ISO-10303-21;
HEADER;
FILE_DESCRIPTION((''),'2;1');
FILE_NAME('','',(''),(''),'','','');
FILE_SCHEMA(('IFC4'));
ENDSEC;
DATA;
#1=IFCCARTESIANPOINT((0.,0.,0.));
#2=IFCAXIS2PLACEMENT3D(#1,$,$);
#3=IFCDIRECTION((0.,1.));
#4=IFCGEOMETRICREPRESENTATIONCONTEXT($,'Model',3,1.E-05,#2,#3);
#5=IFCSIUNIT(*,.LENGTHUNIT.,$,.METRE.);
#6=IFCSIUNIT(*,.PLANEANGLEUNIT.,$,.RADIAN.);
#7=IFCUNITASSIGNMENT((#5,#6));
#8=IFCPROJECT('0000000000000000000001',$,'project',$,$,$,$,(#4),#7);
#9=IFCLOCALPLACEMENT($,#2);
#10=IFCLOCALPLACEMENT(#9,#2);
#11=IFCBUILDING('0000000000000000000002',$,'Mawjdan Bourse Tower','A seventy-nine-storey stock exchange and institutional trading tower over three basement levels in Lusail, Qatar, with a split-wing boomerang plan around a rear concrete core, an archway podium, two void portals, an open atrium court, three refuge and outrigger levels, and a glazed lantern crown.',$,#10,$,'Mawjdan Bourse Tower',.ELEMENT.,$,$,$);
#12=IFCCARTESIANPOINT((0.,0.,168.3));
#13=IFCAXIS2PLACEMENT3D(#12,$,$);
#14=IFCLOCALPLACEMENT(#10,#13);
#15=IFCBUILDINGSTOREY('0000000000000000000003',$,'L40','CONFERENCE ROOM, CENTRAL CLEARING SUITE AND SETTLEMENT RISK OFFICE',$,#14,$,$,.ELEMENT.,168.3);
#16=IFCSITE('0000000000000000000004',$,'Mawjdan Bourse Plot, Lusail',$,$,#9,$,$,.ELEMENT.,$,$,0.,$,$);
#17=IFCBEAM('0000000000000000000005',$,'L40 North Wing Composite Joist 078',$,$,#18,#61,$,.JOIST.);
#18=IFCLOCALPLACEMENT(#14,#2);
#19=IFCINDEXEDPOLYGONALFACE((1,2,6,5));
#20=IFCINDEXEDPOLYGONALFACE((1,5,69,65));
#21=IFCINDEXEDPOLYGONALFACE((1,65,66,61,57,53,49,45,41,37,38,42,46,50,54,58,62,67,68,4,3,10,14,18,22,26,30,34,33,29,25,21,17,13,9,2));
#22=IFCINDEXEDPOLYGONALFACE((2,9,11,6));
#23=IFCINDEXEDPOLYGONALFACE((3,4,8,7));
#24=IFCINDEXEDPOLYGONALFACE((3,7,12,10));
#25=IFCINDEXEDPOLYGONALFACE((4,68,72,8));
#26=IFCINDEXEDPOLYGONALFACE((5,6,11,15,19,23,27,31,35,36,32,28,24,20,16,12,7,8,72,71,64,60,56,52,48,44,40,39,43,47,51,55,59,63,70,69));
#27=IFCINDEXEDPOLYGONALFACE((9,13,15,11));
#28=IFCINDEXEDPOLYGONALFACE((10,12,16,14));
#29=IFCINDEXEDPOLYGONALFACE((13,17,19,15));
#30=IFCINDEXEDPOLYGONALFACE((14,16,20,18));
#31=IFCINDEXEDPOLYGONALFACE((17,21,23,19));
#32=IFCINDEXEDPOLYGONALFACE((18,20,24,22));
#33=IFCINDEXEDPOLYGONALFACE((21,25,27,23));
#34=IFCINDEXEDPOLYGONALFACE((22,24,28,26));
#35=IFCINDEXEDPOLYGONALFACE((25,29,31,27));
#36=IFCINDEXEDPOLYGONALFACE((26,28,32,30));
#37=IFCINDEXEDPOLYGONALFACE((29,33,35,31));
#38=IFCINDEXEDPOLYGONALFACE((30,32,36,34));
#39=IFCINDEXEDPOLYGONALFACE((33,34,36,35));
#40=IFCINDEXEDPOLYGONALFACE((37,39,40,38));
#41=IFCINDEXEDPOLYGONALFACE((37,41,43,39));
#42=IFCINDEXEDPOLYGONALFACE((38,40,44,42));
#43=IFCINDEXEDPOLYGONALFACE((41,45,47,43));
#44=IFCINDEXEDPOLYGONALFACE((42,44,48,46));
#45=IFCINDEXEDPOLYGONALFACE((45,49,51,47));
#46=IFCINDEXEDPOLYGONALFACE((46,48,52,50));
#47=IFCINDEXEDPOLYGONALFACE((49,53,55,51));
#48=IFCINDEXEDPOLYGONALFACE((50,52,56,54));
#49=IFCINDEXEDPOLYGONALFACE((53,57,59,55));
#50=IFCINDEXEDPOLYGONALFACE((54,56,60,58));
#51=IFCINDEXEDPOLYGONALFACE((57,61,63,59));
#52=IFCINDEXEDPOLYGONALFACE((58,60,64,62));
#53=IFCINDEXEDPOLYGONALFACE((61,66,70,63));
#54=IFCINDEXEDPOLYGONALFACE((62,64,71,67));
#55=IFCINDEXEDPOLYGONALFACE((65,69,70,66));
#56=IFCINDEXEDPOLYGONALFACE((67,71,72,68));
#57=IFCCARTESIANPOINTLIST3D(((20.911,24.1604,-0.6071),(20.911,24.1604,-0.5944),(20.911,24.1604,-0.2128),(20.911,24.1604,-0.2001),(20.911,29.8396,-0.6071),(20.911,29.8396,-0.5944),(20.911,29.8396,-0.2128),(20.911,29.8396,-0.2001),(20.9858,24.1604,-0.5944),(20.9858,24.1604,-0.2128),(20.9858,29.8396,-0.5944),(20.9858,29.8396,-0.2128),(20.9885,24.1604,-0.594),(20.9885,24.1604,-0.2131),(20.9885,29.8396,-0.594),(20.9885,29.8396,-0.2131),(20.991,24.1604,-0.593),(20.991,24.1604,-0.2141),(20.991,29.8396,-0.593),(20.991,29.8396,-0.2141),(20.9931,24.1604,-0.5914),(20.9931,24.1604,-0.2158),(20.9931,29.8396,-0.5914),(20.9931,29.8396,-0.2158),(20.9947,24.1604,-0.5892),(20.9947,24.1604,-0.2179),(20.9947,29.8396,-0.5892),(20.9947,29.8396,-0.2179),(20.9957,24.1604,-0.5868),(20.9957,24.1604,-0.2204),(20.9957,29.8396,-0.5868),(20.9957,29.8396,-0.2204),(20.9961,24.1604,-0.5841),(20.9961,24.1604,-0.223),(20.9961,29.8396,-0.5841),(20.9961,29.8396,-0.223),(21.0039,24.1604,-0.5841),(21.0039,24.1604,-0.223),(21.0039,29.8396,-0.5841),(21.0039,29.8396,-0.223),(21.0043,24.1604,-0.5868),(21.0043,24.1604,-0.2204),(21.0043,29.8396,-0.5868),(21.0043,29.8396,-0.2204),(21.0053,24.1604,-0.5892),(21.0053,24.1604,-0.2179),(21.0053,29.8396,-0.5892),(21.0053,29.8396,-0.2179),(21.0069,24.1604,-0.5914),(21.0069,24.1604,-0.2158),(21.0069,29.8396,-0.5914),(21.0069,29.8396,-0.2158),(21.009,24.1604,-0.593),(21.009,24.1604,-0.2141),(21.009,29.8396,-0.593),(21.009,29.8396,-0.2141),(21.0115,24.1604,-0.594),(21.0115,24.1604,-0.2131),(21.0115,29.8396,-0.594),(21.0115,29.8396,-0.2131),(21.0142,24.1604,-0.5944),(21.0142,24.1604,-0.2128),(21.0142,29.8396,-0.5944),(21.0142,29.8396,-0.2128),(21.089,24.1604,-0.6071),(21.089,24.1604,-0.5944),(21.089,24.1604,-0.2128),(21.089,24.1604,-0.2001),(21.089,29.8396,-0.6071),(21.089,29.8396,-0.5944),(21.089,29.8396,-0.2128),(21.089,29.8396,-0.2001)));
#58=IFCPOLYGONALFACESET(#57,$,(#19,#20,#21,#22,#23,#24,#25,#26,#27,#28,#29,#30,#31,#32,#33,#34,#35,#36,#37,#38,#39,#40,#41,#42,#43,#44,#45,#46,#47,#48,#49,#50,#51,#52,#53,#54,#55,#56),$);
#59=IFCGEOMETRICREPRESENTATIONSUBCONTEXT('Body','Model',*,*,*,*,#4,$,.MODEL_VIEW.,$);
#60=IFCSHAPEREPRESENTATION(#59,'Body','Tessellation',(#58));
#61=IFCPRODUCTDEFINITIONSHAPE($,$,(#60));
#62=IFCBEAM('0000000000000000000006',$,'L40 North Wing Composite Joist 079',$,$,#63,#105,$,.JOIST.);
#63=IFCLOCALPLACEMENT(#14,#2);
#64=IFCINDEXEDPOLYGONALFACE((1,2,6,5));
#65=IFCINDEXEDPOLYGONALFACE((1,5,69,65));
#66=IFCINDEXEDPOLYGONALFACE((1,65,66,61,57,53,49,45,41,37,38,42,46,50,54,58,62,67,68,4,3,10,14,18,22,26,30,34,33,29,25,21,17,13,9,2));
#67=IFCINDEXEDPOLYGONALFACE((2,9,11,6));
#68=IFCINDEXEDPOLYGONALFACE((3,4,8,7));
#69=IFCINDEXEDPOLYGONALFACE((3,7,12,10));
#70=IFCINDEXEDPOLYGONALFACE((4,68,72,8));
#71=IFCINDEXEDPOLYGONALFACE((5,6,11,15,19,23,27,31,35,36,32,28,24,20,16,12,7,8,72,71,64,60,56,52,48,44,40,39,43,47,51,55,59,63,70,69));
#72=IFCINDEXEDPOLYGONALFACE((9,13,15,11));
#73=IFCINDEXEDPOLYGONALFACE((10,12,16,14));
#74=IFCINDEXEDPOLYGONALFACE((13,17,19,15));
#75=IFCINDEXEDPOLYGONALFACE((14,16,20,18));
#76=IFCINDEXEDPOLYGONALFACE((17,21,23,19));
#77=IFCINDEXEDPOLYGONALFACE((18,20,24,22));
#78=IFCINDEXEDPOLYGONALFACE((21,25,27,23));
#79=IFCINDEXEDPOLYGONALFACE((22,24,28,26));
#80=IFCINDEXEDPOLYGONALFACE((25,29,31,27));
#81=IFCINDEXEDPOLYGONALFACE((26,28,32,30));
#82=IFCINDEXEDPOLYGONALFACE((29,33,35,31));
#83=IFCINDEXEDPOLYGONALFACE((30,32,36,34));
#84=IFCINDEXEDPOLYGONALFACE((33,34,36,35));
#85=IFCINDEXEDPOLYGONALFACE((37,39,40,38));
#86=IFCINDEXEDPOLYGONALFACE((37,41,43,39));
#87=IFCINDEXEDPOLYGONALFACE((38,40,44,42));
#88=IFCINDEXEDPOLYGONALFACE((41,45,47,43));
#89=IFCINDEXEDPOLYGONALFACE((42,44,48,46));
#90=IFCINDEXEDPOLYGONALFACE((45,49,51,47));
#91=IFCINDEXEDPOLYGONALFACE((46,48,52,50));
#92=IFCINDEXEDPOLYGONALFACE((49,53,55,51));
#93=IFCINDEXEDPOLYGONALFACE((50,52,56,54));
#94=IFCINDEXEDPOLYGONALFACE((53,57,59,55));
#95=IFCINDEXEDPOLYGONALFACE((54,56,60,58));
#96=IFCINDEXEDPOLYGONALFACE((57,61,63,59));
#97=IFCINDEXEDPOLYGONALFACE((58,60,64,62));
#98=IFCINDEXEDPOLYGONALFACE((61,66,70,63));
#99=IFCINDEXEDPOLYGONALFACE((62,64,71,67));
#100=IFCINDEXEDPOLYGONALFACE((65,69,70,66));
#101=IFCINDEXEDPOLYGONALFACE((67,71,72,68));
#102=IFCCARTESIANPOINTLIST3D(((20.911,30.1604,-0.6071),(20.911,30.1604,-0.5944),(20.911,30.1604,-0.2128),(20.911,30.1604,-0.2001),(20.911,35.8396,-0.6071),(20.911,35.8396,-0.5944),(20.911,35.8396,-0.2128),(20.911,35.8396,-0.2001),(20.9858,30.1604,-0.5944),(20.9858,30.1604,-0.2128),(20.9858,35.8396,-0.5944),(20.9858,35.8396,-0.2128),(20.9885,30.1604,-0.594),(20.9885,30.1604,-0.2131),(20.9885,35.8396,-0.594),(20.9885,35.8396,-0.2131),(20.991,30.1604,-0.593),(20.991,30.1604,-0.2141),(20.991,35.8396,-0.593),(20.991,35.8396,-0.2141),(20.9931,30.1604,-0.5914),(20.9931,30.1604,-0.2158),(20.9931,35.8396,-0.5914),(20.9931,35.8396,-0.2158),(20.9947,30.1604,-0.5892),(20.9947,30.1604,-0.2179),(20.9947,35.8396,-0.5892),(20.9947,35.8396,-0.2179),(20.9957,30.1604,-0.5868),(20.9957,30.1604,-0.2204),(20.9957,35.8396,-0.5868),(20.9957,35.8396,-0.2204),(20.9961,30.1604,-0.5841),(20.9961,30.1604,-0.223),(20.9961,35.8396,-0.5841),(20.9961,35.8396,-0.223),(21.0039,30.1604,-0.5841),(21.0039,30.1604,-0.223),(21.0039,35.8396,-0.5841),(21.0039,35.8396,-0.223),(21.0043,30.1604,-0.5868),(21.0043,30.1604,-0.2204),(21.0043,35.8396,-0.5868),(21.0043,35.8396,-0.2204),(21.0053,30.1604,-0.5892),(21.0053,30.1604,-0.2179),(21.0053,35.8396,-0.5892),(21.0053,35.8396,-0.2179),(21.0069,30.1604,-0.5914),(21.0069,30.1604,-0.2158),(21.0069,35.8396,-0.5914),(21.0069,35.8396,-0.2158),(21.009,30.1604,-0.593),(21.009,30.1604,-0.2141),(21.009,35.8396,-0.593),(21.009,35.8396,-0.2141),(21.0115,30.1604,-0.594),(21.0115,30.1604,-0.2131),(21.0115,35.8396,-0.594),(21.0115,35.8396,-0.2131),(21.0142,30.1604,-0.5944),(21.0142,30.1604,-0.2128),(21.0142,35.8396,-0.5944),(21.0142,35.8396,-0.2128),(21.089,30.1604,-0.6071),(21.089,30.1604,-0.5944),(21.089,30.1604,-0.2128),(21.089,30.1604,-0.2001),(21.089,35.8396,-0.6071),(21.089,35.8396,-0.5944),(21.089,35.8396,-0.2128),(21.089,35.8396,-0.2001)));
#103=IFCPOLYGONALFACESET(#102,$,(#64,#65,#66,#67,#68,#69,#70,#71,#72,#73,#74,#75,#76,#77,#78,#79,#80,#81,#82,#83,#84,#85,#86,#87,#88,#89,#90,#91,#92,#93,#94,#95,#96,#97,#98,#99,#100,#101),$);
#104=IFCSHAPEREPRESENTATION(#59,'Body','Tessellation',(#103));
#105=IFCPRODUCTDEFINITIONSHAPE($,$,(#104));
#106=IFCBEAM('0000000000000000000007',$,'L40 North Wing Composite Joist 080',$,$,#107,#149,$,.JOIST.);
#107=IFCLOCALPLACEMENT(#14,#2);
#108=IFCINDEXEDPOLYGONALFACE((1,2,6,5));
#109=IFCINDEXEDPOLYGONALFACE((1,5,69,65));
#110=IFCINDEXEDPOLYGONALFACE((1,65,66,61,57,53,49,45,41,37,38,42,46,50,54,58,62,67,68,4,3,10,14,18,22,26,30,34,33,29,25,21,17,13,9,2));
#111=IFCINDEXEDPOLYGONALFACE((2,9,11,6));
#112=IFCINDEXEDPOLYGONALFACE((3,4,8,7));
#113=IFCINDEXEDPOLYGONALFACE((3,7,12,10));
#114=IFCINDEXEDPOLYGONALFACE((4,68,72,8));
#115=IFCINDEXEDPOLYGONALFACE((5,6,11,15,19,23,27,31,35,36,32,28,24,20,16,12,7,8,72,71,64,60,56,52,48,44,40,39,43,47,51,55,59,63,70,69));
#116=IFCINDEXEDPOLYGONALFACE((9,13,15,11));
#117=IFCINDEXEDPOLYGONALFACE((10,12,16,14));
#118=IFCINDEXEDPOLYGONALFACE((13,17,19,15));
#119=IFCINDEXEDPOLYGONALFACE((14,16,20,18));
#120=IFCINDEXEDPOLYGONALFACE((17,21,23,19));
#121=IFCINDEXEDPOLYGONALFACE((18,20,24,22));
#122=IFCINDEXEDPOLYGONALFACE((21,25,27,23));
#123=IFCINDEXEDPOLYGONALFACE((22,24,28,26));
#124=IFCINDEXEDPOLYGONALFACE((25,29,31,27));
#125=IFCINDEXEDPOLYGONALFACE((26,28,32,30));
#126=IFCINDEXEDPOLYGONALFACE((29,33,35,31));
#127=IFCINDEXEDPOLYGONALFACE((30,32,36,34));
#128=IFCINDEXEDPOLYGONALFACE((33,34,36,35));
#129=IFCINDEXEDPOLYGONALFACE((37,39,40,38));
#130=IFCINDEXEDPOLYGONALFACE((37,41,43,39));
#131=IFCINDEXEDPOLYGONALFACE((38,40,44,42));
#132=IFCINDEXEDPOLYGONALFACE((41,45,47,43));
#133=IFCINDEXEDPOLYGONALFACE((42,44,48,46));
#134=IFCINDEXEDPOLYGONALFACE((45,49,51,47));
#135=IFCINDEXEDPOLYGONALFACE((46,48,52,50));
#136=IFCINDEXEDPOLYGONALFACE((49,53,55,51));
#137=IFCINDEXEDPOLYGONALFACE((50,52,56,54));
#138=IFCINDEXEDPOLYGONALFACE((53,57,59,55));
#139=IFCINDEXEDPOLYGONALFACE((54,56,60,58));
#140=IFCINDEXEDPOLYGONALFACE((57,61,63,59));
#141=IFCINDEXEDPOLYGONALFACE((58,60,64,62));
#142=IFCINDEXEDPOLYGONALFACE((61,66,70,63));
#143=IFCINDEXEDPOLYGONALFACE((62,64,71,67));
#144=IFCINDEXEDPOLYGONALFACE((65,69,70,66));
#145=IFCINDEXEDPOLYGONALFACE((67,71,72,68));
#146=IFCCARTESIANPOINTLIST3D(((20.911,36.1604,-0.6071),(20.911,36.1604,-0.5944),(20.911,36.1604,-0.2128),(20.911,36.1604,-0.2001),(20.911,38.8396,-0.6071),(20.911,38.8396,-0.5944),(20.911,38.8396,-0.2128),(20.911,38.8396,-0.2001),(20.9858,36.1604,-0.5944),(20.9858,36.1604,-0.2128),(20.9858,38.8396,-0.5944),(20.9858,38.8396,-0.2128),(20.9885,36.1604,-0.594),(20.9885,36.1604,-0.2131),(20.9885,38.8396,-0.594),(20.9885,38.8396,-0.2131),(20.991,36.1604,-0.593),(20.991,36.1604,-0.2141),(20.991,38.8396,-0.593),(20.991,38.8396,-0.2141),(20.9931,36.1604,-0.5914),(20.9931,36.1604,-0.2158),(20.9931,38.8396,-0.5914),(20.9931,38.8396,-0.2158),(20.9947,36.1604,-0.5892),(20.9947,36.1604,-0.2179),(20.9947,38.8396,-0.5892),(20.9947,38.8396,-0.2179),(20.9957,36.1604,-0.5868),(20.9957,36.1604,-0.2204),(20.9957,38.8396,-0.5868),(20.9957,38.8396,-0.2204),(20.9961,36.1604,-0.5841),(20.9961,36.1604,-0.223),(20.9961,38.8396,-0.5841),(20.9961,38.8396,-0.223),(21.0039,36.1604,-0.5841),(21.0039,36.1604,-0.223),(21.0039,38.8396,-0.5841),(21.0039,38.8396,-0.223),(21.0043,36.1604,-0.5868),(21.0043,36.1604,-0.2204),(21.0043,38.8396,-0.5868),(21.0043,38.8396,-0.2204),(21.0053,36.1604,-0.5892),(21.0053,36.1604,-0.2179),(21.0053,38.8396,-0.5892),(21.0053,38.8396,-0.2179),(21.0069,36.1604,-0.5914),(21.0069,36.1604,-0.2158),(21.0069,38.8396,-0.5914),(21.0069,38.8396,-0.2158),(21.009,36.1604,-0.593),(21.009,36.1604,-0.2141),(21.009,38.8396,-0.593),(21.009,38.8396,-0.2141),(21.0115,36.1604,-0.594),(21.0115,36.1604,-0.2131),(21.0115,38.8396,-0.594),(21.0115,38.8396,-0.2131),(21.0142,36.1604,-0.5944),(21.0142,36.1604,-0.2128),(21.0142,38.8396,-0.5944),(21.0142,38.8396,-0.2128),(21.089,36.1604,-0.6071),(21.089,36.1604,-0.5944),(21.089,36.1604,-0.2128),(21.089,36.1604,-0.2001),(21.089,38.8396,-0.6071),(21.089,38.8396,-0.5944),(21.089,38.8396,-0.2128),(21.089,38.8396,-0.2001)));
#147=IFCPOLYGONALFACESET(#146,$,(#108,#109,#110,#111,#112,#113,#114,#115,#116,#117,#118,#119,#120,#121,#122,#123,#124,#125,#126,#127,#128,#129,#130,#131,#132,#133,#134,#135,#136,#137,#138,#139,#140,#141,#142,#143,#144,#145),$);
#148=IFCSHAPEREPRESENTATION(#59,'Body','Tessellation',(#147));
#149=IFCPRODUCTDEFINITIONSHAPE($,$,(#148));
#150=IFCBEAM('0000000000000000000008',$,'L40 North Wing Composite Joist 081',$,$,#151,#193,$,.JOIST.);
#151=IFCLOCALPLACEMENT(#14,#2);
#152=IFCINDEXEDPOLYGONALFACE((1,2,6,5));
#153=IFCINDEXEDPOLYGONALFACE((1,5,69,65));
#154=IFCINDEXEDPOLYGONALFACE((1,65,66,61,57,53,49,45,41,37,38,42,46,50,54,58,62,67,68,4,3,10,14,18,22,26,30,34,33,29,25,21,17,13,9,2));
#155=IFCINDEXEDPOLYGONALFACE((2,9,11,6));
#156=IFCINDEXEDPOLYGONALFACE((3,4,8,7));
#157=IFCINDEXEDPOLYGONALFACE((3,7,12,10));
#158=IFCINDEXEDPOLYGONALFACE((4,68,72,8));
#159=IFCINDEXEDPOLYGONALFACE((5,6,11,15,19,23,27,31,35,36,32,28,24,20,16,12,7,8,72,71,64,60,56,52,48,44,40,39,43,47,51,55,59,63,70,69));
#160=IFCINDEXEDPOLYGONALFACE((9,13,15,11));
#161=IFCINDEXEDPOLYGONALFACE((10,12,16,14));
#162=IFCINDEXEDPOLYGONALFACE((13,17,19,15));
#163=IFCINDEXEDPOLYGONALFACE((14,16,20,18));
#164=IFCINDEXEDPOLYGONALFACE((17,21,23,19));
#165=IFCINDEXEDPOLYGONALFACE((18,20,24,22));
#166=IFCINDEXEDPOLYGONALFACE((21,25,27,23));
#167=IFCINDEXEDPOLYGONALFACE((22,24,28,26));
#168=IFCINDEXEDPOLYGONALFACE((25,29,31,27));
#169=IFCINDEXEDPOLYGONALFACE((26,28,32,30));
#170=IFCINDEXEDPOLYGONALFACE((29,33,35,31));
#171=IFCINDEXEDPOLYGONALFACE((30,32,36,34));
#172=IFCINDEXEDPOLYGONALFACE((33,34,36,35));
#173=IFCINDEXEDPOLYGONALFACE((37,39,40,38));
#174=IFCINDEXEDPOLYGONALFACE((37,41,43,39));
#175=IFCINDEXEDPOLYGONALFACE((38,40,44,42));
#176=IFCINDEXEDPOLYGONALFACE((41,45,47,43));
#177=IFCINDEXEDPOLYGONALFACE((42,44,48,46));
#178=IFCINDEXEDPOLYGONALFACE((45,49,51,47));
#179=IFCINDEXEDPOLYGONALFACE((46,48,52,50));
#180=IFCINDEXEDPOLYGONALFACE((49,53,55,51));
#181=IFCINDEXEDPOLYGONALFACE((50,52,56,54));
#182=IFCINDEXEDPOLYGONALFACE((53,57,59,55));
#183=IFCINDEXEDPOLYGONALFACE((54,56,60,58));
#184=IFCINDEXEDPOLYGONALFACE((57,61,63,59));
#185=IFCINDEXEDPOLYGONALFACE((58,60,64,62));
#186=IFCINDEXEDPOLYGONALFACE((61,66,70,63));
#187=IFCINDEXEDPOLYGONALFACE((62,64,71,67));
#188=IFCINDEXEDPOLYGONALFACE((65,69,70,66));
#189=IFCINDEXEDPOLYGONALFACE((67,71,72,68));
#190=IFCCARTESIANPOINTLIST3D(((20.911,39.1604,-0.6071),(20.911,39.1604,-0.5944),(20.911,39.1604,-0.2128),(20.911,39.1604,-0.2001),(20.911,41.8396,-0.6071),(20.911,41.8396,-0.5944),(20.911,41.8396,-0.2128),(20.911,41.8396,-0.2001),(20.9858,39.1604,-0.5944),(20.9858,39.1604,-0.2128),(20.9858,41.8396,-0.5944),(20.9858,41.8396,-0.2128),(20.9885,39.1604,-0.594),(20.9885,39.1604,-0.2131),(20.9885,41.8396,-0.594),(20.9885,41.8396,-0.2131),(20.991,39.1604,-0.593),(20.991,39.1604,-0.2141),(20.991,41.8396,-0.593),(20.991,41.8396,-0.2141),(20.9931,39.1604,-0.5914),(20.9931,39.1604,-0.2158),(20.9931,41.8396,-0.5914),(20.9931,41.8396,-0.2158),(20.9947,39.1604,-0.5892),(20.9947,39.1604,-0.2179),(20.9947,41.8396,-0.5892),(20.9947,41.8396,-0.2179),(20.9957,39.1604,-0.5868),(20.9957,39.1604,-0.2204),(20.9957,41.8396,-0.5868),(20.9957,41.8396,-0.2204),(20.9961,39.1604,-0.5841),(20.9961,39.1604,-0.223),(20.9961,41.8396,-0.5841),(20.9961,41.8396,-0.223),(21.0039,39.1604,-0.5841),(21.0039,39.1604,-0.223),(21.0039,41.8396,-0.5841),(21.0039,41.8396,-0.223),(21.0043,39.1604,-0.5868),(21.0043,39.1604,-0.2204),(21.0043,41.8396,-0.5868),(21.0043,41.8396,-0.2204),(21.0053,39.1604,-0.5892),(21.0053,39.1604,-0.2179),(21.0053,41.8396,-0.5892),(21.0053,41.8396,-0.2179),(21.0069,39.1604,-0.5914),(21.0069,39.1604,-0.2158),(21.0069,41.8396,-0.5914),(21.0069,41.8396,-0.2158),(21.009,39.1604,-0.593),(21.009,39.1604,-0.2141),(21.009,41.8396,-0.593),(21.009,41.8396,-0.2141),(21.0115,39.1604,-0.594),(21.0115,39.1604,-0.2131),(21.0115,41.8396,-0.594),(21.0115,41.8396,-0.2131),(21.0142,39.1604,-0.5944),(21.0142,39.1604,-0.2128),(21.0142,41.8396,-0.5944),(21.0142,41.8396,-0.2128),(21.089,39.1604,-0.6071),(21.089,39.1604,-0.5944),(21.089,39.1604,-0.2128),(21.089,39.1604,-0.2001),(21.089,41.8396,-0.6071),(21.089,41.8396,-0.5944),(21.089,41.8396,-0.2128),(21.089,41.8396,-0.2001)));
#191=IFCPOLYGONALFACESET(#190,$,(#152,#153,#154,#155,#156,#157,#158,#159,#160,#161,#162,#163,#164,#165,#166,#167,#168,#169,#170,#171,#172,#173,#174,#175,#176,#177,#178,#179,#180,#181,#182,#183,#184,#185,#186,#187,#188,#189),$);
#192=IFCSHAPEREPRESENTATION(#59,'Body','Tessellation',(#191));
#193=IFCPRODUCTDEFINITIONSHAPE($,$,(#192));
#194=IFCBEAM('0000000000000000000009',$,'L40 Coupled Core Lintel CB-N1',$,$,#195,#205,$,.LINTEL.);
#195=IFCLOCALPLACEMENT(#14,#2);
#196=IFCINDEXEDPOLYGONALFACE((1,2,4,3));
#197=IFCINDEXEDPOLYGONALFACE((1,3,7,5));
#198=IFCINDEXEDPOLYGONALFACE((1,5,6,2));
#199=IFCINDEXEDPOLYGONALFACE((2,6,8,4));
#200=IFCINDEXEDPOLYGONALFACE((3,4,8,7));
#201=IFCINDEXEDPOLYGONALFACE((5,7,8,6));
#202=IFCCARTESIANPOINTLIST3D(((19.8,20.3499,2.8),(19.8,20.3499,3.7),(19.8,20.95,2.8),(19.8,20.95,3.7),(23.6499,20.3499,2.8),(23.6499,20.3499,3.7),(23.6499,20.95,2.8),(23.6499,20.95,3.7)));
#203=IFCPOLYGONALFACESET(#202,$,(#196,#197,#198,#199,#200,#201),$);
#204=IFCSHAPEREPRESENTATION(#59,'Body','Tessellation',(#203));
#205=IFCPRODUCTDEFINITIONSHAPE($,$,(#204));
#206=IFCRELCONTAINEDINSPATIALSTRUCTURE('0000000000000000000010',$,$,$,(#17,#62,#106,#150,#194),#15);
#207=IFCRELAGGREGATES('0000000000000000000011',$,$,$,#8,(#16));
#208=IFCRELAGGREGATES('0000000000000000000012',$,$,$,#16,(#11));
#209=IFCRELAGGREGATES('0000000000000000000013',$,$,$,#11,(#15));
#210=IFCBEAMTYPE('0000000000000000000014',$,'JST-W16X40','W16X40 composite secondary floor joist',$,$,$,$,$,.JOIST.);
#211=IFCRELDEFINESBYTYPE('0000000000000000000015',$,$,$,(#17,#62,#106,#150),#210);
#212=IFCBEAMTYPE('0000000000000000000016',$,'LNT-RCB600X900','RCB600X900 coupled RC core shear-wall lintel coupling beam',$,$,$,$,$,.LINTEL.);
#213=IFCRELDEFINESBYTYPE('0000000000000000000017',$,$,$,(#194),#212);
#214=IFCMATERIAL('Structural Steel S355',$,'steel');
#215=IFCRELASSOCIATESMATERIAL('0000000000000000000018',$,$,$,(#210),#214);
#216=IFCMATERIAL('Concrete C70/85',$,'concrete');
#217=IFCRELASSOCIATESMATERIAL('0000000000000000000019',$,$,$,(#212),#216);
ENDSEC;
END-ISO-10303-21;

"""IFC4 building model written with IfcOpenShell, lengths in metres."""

from ifc_helpers import new_model, si_unit, direction, frame, origin, origin_2d, place, context, subcontext, project, spatial, rectangle, i_section, extrude, material, material_profile, profile_set, type_object, element, save


model = new_model("IFC4")

# Units and contexts
model_context = context("Model", 3, precision=1e-05, world=origin(), true_north=direction((0.0, 1.0)))
body_context = subcontext(model_context, "Body", "Model", "MODEL_VIEW")
ifc_project = project(units=[si_unit("LENGTHUNIT", "METRE"), si_unit("PLANEANGLEUNIT", "RADIAN")], contexts=[model_context])

# Site, building, storey
site_placement = place(None, origin())
site = spatial("IfcSite", under=ifc_project, at=site_placement, Name="Mawjdan Bourse Plot, Lusail", CompositionType="ELEMENT", RefElevation=0.0)
building_placement = place(site_placement, origin())
building = spatial("IfcBuilding", under=site, at=building_placement, Name="Mawjdan Bourse Tower", Description="A seventy-nine-storey stock exchange and institutional trading tower over three basement levels in Lusail, Qatar, with a split-wing boomerang plan around a rear concrete core, an archway podium, two void portals, an open atrium court, three refuge and outrigger levels, and a glazed lantern crown.", LongName="Mawjdan Bourse Tower", CompositionType="ELEMENT")
storey_placement = place(building_placement, frame((0.0, 0.0, 168.3)))
storey = spatial("IfcBuildingStorey", under=building, at=storey_placement, Name="L40", Description="CONFERENCE ROOM, CENTRAL CLEARING SUITE AND SETTLEMENT RISK OFFICE", CompositionType="ELEMENT", Elevation=168.3)

# Shared definitions
ifc_material_1 = material(Name="Concrete C70/85", Category="concrete")

# Beams
ifc_material_2 = material(Name="Structural Steel S355", Category="steel")
ifc_material_profile_1 = material_profile(ifc_material_2, i_section(OverallWidth=0.178, OverallDepth=0.407, WebThickness=0.0078, FlangeThickness=0.0127, FilletRadius=0.0103, at=origin_2d()), Name="W16X40")
ifc_profile_set_1 = profile_set([ifc_material_profile_1], Name="Structural Steel S355")
beam_type_1 = type_object("IfcBeamType", Name="JST-W16X40", Description="W16X40 composite secondary floor joist", PredefinedType="JOIST", material=ifc_profile_set_1)
for number, where, z_axis, x_axis, name in (
    (1, (21.0, 24.1604, -0.4036), (0.0, 1.0, 0.0), (-1.0, 0.0, 0.0), "L40 North Wing Composite Joist 078"),
    (2, (21.0, 30.1604, -0.4036), (0.0, 1.0, 0.0), (-1.0, 0.0, 0.0), "L40 North Wing Composite Joist 079"),
):
    element("IfcBeam", number, at=place(storey_placement, frame(where, z_axis=z_axis, x_axis=x_axis)), inside=storey, type_object=beam_type_1, Name=name, PredefinedType="JOIST", context=body_context, shape_type="SweptSolid", body=[
        extrude(i_section(OverallWidth=0.178, OverallDepth=0.407, WebThickness=0.0078, FlangeThickness=0.0127, FilletRadius=0.0103, at=origin_2d()), origin(), (0.0, 0.0, 1.0), 5.6792),
    ])
for number, where, z_axis, x_axis, name in (
    (3, (21.0, 36.1604, -0.4036), (0.0, 1.0, 0.0), (-1.0, 0.0, 0.0), "L40 North Wing Composite Joist 080"),
    (4, (21.0, 39.1604, -0.4036), (0.0, 1.0, 0.0), (-1.0, 0.0, 0.0), "L40 North Wing Composite Joist 081"),
):
    element("IfcBeam", number, at=place(storey_placement, frame(where, z_axis=z_axis, x_axis=x_axis)), inside=storey, type_object=beam_type_1, Name=name, PredefinedType="JOIST", context=body_context, shape_type="SweptSolid", body=[
        extrude(i_section(OverallWidth=0.178, OverallDepth=0.407, WebThickness=0.0078, FlangeThickness=0.0127, FilletRadius=0.0103, at=origin_2d()), origin(), (0.0, 0.0, 1.0), 2.6792),
    ])
ifc_material_profile_2 = material_profile(ifc_material_1, rectangle(XDim=0.6001, YDim=0.8999, at=origin_2d()), Name="RCB600X900")
ifc_profile_set_2 = profile_set([ifc_material_profile_2], Name="Concrete C70/85")
beam_type_2 = type_object("IfcBeamType", Name="LNT-RCB600X900", Description="RCB600X900 coupled RC core shear-wall lintel coupling beam", PredefinedType="LINTEL", material=ifc_profile_set_2)
beam_1_placement = place(storey_placement, frame((19.8, 20.6499, 3.25), z_axis=(1.0, 0.0, 0.0), x_axis=(0.0, 1.0, 0.0)))
element("IfcBeam", 5, at=beam_1_placement, inside=storey, type_object=beam_type_2, Name="L40 Coupled Core Lintel CB-N1", PredefinedType="LINTEL", context=body_context, shape_type="SweptSolid", body=[
    extrude(rectangle(XDim=0.6001, YDim=0.8999, at=origin_2d()), origin(), (0.0, 0.0, 1.0), 3.8499),
])

save(model, "model.ifc")
